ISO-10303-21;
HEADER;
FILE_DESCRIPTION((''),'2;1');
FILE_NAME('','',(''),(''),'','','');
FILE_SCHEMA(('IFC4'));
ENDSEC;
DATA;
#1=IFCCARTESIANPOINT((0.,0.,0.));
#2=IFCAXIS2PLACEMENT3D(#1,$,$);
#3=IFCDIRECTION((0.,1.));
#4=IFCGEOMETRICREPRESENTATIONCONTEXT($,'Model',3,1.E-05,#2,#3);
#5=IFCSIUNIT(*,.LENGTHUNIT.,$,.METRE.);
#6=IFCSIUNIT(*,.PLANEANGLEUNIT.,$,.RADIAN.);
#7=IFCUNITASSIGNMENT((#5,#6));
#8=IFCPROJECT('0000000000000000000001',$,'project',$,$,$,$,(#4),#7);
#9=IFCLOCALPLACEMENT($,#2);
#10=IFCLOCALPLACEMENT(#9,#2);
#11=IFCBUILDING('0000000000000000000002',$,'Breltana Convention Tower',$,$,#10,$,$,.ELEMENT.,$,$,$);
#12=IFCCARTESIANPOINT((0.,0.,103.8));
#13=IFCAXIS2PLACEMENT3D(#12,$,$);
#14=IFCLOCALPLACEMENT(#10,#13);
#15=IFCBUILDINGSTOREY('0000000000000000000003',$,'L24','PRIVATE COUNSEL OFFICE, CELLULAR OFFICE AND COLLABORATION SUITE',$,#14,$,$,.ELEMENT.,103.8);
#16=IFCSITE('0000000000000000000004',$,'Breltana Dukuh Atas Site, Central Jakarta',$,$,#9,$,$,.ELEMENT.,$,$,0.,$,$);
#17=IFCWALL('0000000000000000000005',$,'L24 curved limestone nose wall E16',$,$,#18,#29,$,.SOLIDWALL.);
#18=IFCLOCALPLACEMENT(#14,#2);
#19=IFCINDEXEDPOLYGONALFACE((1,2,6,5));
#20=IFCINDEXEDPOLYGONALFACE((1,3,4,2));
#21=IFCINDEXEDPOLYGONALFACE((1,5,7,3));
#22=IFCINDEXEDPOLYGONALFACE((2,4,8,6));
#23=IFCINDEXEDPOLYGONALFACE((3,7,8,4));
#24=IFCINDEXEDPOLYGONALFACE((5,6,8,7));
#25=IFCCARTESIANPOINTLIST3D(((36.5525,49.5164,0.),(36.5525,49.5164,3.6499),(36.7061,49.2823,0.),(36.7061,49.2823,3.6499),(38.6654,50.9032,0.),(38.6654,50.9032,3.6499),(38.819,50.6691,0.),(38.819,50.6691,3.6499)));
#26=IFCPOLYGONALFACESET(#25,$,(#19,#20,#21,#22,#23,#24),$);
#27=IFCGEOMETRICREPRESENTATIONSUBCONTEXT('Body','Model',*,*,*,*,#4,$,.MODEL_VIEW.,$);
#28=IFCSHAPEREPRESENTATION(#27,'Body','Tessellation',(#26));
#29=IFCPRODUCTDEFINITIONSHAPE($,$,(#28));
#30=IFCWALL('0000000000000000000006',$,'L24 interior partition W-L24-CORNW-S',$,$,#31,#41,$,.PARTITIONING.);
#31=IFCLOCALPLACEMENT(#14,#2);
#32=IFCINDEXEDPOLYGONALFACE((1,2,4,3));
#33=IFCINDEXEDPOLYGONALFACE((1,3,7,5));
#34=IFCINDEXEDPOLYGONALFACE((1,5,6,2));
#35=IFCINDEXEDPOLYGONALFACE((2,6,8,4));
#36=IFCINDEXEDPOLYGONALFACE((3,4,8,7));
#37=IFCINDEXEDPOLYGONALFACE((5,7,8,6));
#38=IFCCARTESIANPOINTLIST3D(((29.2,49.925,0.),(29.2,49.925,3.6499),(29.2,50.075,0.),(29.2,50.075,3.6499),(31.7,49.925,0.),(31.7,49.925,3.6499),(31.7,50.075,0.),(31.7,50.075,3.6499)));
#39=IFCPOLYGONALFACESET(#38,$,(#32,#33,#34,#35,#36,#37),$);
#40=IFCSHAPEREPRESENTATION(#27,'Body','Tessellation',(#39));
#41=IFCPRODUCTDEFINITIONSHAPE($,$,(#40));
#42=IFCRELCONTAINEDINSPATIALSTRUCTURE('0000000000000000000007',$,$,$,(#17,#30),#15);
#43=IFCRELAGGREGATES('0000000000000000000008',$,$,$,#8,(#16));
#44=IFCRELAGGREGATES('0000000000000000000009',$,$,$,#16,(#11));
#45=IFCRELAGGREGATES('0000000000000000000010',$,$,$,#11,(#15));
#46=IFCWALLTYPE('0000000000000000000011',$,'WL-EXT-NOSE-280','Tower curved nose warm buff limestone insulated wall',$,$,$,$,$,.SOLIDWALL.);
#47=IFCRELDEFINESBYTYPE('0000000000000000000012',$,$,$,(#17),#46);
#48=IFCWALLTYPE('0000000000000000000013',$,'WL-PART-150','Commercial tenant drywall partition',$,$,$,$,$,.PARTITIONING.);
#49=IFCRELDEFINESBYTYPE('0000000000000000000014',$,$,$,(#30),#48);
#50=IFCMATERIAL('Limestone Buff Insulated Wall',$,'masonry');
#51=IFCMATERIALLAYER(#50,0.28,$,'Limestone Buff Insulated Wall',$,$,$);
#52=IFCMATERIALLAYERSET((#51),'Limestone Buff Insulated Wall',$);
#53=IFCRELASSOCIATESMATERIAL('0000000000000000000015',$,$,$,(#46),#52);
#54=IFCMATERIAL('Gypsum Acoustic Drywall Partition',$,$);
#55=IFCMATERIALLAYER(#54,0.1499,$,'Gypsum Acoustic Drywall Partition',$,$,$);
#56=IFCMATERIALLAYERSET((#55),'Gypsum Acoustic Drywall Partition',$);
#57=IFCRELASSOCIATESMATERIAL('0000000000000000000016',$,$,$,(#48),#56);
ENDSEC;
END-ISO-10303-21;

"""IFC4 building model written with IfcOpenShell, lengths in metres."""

from ifc_helpers import new_model, si_unit, direction, frame, frame_2d, origin, place, context, subcontext, project, spatial, rectangle, extrude, source, transform, mapped, material, layer, layer_set, type_object, element, save


model = new_model("IFC4")

# Units and contexts
model_context = context("Model", 3, precision=1e-05, world=origin(), true_north=direction((0.0, 1.0)))
body_context = subcontext(model_context, "Body", "Model", "MODEL_VIEW")
ifc_project = project(units=[si_unit("LENGTHUNIT", "METRE"), si_unit("PLANEANGLEUNIT", "RADIAN")], contexts=[model_context])

# Site, building, storey
site_placement = place(None, origin())
site = spatial("IfcSite", under=ifc_project, at=site_placement, Name="Breltana Dukuh Atas Site, Central Jakarta", CompositionType="ELEMENT", RefElevation=0.0)
building_placement = place(site_placement, origin())
building = spatial("IfcBuilding", under=site, at=building_placement, Name="Breltana Convention Tower", CompositionType="ELEMENT")
storey_placement = place(building_placement, frame((0.0, 0.0, 103.8)))
storey = spatial("IfcBuildingStorey", under=building, at=storey_placement, Name="L24", Description="PRIVATE COUNSEL OFFICE, CELLULAR OFFICE AND COLLABORATION SUITE", CompositionType="ELEMENT", Elevation=103.8)

# Shared definitions
ifc_material_1 = material(Name="Limestone Buff Insulated Wall", Category="masonry")
ifc_layer_1 = layer(ifc_material_1, 0.28, Name="Limestone Buff Insulated Wall")
ifc_layer_set_1 = layer_set([ifc_layer_1], Name="Limestone Buff Insulated Wall")
wall_type_1 = type_object("IfcWallType", Name="WL-EXT-NOSE-280", Description="Tower curved nose warm buff limestone insulated wall", PredefinedType="SOLIDWALL", material=ifc_layer_set_1)

# Walls
shared_shape_1 = source(origin(), body_context, "Body", "SweptSolid", [
    extrude(rectangle(XDim=2.5273, YDim=0.28, at=frame_2d((1.2637, 0.0))), origin(), (0.0, 0.0, 1.0), 3.6499),
])
wall_1_placement = place(storey_placement, frame((38.7422, 50.7861, 0.0), z_axis=(0.0, 0.0, 1.0), x_axis=(-0.836012, -0.548711, 0.0)))
element("IfcWall", 1, at=wall_1_placement, inside=storey, type_object=wall_type_1, Name="L24 curved limestone nose wall E16", PredefinedType="SOLIDWALL", context=body_context, shape_type="MappedRepresentation", body=[
    mapped(shared_shape_1, transform((0.0, 0.0, 0.0), scale=1.0)),
])
ifc_material_2 = material(Name="Gypsum Acoustic Drywall Partition")
ifc_layer_2 = layer(ifc_material_2, 0.1499, Name="Gypsum Acoustic Drywall Partition")
ifc_layer_set_2 = layer_set([ifc_layer_2], Name="Gypsum Acoustic Drywall Partition")
wall_type_2 = type_object("IfcWallType", Name="WL-PART-150", Description="Commercial tenant drywall partition", PredefinedType="PARTITIONING", material=ifc_layer_set_2)
shared_shape_2 = source(origin(), body_context, "Body", "SweptSolid", [
    extrude(rectangle(XDim=2.5, YDim=0.1499, at=frame_2d((1.25, 0.0))), origin(), (0.0, 0.0, 1.0), 3.6499),
])
wall_2_placement = place(storey_placement, frame((29.2, 50.0, 0.0), z_axis=(0.0, 0.0, 1.0), x_axis=(1.0, 0.0, 0.0)))
element("IfcWall", 2, at=wall_2_placement, inside=storey, type_object=wall_type_2, Name="L24 interior partition W-L24-CORNW-S", PredefinedType="PARTITIONING", context=body_context, shape_type="MappedRepresentation", body=[
    mapped(shared_shape_2, transform((0.0, 0.0, 0.0), scale=1.0)),
])

save(model, "model.ifc")
